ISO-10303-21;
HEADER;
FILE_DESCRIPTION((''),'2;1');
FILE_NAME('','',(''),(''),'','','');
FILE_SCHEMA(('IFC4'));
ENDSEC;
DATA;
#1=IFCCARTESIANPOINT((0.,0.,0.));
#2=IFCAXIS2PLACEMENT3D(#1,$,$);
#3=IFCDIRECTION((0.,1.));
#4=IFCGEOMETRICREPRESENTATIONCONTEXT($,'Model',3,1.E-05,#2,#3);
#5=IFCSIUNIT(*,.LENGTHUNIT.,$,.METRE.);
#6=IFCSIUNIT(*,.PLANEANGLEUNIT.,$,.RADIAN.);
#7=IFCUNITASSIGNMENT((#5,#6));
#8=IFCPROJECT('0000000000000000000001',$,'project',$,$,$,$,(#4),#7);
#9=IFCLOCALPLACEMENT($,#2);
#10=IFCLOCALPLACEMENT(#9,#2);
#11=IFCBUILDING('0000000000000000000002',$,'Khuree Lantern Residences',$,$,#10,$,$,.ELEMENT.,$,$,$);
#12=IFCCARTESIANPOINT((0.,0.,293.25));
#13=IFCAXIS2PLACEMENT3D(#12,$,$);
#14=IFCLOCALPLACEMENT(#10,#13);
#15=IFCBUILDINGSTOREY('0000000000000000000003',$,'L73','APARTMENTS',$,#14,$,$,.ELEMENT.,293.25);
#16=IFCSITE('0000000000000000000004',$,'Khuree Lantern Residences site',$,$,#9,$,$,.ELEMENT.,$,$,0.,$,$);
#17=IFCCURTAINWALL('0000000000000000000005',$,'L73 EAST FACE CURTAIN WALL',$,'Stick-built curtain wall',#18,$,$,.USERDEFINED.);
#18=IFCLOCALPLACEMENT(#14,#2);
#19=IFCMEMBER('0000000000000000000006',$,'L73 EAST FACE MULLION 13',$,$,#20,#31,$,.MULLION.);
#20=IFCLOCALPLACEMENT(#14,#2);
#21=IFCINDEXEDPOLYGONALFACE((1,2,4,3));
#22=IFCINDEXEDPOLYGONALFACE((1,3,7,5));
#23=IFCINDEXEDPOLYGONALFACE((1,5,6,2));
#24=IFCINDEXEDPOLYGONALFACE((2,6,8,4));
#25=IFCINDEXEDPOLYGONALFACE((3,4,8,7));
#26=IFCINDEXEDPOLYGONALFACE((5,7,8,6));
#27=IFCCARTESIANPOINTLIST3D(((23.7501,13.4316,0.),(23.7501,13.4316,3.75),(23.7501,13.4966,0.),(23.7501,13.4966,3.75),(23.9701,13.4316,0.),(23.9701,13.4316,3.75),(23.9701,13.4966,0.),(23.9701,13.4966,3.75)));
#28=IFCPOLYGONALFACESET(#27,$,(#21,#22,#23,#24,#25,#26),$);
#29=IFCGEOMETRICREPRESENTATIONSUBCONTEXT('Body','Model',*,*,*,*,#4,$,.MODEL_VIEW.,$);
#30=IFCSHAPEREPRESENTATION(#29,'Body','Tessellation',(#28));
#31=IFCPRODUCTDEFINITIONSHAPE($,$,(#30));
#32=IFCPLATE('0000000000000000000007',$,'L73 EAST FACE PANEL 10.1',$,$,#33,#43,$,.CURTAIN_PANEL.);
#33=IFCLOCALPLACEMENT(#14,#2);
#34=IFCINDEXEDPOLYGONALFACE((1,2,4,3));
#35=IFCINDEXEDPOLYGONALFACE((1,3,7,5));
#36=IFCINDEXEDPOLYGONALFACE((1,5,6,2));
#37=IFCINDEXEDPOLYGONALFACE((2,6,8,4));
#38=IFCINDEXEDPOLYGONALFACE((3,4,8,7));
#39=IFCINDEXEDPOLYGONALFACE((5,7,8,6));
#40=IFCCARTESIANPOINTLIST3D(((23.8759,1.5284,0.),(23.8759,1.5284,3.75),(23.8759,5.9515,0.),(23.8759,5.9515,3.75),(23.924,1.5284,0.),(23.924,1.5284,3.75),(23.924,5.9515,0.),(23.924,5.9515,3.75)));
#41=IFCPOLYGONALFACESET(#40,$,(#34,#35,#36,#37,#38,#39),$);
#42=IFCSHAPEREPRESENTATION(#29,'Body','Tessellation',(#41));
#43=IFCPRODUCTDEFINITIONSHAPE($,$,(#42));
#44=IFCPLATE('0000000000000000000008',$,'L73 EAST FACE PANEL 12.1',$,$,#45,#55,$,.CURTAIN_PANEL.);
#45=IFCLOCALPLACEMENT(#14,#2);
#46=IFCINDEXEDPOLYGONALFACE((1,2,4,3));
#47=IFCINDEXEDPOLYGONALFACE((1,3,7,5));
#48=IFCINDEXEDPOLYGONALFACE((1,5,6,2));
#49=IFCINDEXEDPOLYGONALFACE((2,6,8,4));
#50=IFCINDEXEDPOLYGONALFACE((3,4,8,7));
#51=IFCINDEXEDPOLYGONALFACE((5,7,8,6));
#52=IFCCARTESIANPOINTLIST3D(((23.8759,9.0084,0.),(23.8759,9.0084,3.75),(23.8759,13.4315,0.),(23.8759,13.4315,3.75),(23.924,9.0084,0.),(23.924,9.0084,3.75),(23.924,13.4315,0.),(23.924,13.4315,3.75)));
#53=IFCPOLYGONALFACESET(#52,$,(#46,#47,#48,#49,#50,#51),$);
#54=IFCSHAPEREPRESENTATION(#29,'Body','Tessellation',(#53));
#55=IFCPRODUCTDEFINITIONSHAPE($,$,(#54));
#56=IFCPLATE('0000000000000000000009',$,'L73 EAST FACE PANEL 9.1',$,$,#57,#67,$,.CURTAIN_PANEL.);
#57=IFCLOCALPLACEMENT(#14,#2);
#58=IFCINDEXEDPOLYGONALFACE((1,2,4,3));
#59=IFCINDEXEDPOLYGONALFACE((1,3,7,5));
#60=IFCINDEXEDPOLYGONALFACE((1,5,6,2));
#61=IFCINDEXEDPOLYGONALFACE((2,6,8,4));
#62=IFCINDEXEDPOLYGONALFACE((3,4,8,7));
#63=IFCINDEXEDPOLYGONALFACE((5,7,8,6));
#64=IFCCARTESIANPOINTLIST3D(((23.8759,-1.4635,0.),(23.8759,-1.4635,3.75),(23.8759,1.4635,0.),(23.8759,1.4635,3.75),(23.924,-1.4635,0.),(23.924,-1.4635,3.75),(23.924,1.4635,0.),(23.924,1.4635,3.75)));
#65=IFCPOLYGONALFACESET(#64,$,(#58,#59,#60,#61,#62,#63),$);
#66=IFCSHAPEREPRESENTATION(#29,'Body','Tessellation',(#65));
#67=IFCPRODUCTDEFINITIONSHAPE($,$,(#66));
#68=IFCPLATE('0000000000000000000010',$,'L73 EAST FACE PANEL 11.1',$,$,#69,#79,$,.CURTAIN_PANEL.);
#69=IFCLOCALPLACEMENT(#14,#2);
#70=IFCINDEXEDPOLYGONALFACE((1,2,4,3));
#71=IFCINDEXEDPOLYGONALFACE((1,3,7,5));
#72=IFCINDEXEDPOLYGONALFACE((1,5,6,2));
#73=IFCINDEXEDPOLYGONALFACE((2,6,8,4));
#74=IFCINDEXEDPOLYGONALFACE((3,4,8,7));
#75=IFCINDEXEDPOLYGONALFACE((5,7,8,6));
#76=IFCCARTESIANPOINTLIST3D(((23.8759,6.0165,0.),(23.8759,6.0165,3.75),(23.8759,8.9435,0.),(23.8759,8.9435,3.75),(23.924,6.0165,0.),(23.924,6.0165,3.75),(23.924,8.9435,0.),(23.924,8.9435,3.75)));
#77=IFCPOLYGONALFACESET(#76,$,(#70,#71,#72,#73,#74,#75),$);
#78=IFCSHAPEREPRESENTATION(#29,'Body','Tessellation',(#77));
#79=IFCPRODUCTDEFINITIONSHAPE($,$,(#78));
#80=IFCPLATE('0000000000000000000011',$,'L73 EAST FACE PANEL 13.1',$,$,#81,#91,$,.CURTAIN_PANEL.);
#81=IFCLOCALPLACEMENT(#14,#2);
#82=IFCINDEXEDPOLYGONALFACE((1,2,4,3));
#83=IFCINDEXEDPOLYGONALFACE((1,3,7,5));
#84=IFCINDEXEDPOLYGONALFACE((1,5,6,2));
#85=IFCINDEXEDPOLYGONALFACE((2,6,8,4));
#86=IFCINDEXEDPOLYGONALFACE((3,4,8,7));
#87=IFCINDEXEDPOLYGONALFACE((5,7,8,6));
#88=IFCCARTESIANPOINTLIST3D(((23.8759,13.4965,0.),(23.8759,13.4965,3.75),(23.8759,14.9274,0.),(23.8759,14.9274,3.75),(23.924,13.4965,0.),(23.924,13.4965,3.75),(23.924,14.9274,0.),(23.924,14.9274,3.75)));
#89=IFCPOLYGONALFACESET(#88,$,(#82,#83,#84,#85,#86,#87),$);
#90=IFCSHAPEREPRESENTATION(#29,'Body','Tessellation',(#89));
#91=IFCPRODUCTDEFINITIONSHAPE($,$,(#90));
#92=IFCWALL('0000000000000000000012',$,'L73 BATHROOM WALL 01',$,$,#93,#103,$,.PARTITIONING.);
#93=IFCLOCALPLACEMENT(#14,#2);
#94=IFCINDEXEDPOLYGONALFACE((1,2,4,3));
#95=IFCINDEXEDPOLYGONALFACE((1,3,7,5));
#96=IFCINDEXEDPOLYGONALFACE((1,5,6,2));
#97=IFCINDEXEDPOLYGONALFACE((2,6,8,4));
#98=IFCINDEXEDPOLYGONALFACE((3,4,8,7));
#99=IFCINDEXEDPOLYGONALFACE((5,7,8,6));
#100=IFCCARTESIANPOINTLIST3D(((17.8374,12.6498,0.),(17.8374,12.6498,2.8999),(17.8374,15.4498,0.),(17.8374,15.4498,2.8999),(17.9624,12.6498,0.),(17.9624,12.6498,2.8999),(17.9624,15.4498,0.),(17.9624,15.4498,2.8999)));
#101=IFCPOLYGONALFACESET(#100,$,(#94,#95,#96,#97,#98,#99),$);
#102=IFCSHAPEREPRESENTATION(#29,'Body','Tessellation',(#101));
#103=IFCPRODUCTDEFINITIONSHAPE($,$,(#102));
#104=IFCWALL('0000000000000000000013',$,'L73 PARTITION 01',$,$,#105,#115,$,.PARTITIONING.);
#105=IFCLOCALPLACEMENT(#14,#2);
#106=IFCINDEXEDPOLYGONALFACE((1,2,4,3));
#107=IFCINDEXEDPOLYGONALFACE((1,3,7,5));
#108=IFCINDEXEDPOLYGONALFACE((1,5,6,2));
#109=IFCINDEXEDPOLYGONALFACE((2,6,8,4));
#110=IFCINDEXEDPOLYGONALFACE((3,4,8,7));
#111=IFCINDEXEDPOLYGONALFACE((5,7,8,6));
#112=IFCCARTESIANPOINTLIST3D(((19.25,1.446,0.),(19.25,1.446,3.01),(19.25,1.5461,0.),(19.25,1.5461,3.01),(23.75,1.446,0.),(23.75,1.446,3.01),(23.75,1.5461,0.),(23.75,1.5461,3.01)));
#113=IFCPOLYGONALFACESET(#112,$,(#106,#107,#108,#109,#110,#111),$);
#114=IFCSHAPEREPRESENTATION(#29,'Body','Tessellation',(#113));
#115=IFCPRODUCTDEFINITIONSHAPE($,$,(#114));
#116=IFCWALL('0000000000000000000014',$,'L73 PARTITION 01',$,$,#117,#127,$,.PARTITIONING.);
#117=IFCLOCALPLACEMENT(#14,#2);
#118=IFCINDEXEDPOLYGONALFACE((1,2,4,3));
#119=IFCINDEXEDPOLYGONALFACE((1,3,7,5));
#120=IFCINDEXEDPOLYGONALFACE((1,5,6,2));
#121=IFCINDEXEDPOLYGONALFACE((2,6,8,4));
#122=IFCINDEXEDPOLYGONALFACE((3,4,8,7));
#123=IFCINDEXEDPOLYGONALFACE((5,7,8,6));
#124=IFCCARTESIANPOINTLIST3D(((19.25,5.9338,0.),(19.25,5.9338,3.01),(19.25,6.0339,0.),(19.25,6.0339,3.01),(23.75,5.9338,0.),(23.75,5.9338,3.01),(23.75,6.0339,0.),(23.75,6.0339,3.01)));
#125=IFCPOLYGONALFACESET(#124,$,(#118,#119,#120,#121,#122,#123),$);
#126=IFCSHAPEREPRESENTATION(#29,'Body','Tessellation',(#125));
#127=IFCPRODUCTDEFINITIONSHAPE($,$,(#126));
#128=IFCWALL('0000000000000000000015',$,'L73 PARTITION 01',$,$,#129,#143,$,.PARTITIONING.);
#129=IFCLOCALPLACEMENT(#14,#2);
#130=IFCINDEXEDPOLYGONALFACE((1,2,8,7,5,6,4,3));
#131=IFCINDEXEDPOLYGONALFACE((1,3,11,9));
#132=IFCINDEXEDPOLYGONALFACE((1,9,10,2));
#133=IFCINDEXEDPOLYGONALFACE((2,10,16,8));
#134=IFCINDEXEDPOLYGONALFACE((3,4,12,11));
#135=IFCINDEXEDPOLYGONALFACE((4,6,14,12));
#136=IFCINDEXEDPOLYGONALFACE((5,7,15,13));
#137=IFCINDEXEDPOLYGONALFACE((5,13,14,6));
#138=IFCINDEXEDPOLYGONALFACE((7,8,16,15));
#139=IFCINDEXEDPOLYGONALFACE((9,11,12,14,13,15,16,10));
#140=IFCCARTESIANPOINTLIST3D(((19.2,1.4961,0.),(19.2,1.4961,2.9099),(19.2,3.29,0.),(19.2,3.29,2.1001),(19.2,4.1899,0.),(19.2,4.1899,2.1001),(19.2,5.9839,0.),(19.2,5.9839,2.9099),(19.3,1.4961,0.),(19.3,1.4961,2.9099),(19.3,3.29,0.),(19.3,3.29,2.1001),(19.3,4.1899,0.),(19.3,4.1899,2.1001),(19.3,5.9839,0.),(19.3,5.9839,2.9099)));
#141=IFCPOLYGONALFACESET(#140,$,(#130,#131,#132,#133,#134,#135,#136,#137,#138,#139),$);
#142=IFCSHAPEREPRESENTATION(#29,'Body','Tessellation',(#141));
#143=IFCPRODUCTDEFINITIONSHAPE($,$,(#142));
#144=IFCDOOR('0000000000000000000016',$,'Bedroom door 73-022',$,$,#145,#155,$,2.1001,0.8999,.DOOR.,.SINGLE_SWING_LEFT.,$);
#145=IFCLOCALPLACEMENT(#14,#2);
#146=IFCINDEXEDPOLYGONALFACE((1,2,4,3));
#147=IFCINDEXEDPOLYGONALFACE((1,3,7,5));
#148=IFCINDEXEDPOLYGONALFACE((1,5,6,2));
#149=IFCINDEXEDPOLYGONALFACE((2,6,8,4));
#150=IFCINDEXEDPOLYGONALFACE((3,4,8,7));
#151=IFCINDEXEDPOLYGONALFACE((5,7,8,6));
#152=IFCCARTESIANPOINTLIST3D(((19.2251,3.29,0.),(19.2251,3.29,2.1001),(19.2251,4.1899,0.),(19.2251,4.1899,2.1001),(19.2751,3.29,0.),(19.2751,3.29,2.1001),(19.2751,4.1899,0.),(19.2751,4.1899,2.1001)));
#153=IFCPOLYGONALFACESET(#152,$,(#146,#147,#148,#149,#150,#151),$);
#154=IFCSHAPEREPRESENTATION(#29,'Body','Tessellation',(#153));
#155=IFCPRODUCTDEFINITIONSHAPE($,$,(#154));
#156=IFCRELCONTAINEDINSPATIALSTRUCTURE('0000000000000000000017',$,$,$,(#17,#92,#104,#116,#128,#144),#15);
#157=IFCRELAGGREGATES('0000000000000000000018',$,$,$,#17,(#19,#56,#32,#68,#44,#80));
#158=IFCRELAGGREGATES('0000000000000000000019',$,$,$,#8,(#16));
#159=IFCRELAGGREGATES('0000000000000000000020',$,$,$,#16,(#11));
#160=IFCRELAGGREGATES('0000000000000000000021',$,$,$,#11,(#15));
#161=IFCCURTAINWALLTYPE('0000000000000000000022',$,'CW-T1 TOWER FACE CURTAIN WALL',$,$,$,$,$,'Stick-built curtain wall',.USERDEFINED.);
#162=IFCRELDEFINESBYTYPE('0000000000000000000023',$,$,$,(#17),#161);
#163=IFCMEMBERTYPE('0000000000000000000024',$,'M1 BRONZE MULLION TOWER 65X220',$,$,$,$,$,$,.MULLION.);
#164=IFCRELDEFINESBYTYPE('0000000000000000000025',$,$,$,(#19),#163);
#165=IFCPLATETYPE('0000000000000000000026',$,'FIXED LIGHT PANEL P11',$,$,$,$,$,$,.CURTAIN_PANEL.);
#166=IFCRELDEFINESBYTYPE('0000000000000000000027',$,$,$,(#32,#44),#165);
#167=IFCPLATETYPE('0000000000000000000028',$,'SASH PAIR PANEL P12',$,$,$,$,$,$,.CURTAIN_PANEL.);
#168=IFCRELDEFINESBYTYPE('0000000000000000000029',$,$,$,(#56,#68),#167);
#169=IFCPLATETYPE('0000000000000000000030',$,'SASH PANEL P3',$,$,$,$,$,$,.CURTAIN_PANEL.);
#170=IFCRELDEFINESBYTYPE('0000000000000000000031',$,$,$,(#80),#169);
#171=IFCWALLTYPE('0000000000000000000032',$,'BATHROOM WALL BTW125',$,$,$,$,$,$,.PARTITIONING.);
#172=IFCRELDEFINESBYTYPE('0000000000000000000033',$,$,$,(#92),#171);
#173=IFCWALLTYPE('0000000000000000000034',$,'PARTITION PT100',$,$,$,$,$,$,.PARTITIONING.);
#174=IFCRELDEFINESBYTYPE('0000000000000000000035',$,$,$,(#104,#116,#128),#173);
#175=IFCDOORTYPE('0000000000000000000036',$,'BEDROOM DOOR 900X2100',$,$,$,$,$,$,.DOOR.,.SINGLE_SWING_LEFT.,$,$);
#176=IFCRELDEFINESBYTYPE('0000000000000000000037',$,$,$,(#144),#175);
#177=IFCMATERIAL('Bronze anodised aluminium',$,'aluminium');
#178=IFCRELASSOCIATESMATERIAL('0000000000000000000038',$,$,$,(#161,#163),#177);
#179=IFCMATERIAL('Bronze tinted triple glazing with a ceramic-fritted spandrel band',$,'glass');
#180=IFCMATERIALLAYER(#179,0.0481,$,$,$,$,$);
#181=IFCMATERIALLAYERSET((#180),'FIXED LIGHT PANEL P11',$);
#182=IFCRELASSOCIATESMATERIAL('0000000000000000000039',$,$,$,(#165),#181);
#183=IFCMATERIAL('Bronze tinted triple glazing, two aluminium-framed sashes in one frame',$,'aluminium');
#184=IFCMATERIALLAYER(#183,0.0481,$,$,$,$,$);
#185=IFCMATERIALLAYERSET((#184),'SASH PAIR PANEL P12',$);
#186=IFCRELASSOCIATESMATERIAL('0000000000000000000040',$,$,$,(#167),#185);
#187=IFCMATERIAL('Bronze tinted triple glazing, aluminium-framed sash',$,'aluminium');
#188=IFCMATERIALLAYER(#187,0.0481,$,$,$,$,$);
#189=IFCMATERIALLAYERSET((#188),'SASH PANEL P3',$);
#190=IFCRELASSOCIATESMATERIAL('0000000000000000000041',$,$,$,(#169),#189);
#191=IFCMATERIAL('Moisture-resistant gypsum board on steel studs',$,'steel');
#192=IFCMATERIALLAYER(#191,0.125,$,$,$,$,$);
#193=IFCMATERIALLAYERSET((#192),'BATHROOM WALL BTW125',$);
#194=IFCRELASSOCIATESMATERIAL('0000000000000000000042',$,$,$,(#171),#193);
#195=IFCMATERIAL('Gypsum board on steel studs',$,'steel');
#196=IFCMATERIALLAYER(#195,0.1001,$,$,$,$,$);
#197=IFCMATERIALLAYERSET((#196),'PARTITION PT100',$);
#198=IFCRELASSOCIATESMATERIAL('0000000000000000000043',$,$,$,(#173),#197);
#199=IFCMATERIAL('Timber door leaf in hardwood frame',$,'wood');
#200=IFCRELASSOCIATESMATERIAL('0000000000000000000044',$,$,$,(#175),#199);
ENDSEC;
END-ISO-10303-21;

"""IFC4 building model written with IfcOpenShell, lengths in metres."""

from ifc_helpers import new_model, si_unit, direction, frame, frame_2d, origin, origin_2d, place, context, subcontext, project, spatial, rectangle, extrude, material, layer, layer_set, material_profile, profile_set, type_object, element, fill, aggregate, save


model = new_model("IFC4")

# Units and contexts
model_context = context("Model", 3, precision=1e-05, world=origin(), true_north=direction((0.0, 1.0)))
body_context = subcontext(model_context, "Body", "Model", "MODEL_VIEW")
ifc_project = project(units=[si_unit("LENGTHUNIT", "METRE"), si_unit("PLANEANGLEUNIT", "RADIAN")], contexts=[model_context])

# Site, building, storey
site_placement = place(None, origin())
site = spatial("IfcSite", under=ifc_project, at=site_placement, Name="Khuree Lantern Residences site", CompositionType="ELEMENT", RefElevation=0.0)
building_placement = place(site_placement, origin())
building = spatial("IfcBuilding", under=site, at=building_placement, Name="Khuree Lantern Residences", CompositionType="ELEMENT")
storey_placement = place(building_placement, frame((0.0, 0.0, 293.25)))
storey = spatial("IfcBuildingStorey", under=building, at=storey_placement, Name="L73", Description="APARTMENTS", CompositionType="ELEMENT", Elevation=293.25)

# Curtain wall
ifc_material_1 = material(Name="Bronze anodised aluminium", Category="aluminium")
curtain_wall_type = type_object("IfcCurtainWallType", Name="CW-T1 TOWER FACE CURTAIN WALL", ElementType="Stick-built curtain wall", PredefinedType="USERDEFINED", material=ifc_material_1)
curtain_wall_placement = place(storey_placement, origin())
curtain_wall = element("IfcCurtainWall", 1, at=curtain_wall_placement, inside=storey, type_object=curtain_wall_type, Name="L73 EAST FACE CURTAIN WALL", ObjectType="Stick-built curtain wall", PredefinedType="USERDEFINED")

# Member
ifc_material_profile_1 = material_profile(ifc_material_1, rectangle(XDim=0.0649, YDim=0.22, at=origin_2d()), Name="M1 65X220")
ifc_profile_set_1 = profile_set([ifc_material_profile_1], Name="Bronze anodised aluminium")
member_type_1 = type_object("IfcMemberType", Name="M1 BRONZE MULLION TOWER 65X220", PredefinedType="MULLION", material=ifc_profile_set_1)
member_1_placement = place(storey_placement, frame((23.8601, 13.4641, 0.0), z_axis=(0.0, 0.0, 1.0), x_axis=(0.0, 1.0, 0.0)))
member_1 = element("IfcMember", 2, at=member_1_placement, type_object=member_type_1, Name="L73 EAST FACE MULLION 13", PredefinedType="MULLION", context=body_context, shape_type="SweptSolid", body=[
    extrude(rectangle(XDim=0.0649, YDim=0.22, at=origin_2d()), origin(), (0.0, 0.0, 1.0), 3.75),
])

# Plates
ifc_material_2 = material(Name="Bronze tinted triple glazing with a ceramic-fritted spandrel band", Category="glass")
ifc_layer_1 = layer(ifc_material_2, 0.0481)
ifc_layer_set_1 = layer_set([ifc_layer_1], Name="FIXED LIGHT PANEL P11")
plate_type_1 = type_object("IfcPlateType", Name="FIXED LIGHT PANEL P11", PredefinedType="CURTAIN_PANEL", material=ifc_layer_set_1)
plate_1_placement = place(storey_placement, frame((23.8999, 3.74, 0.0), z_axis=(0.0, 0.0, 1.0), x_axis=(0.0, 1.0, 0.0)))
plate_1 = element("IfcPlate", 3, at=plate_1_placement, type_object=plate_type_1, Name="L73 EAST FACE PANEL 10.1", PredefinedType="CURTAIN_PANEL", context=body_context, shape_type="SweptSolid", body=[
    extrude(rectangle(XDim=4.4231, YDim=0.0481, at=origin_2d()), origin(), (0.0, 0.0, 1.0), 3.75),
])
plate_2_placement = place(storey_placement, frame((23.8999, 11.22, 0.0), z_axis=(0.0, 0.0, 1.0), x_axis=(0.0, 1.0, 0.0)))
plate_2 = element("IfcPlate", 4, at=plate_2_placement, type_object=plate_type_1, Name="L73 EAST FACE PANEL 12.1", PredefinedType="CURTAIN_PANEL", context=body_context, shape_type="SweptSolid", body=[
    extrude(rectangle(XDim=4.4231, YDim=0.0481, at=origin_2d()), origin(), (0.0, 0.0, 1.0), 3.75),
])
ifc_material_3 = material(Name="Bronze tinted triple glazing, two aluminium-framed sashes in one frame", Category="aluminium")
ifc_layer_2 = layer(ifc_material_3, 0.0481)
ifc_layer_set_2 = layer_set([ifc_layer_2], Name="SASH PAIR PANEL P12")
plate_type_2 = type_object("IfcPlateType", Name="SASH PAIR PANEL P12", PredefinedType="CURTAIN_PANEL", material=ifc_layer_set_2)
plate_3_placement = place(storey_placement, frame((23.8999, 0.0, 0.0), z_axis=(0.0, 0.0, 1.0), x_axis=(0.0, 1.0, 0.0)))
plate_3 = element("IfcPlate", 5, at=plate_3_placement, type_object=plate_type_2, Name="L73 EAST FACE PANEL 9.1", PredefinedType="CURTAIN_PANEL", context=body_context, shape_type="SweptSolid", body=[
    extrude(rectangle(XDim=2.927, YDim=0.0481, at=origin_2d()), origin(), (0.0, 0.0, 1.0), 3.75),
])
plate_4_placement = place(storey_placement, frame((23.8999, 7.48, 0.0), z_axis=(0.0, 0.0, 1.0), x_axis=(0.0, 1.0, 0.0)))
plate_4 = element("IfcPlate", 6, at=plate_4_placement, type_object=plate_type_2, Name="L73 EAST FACE PANEL 11.1", PredefinedType="CURTAIN_PANEL", context=body_context, shape_type="SweptSolid", body=[
    extrude(rectangle(XDim=2.927, YDim=0.0481, at=origin_2d()), origin(), (0.0, 0.0, 1.0), 3.75),
])
ifc_material_4 = material(Name="Bronze tinted triple glazing, aluminium-framed sash", Category="aluminium")
ifc_layer_3 = layer(ifc_material_4, 0.0481)
ifc_layer_set_3 = layer_set([ifc_layer_3], Name="SASH PANEL P3")
plate_type_3 = type_object("IfcPlateType", Name="SASH PANEL P3", PredefinedType="CURTAIN_PANEL", material=ifc_layer_set_3)
plate_5_placement = place(storey_placement, frame((23.8999, 14.2119, 0.0), z_axis=(0.0, 0.0, 1.0), x_axis=(0.0, 1.0, 0.0)))
plate_5 = element("IfcPlate", 7, at=plate_5_placement, type_object=plate_type_3, Name="L73 EAST FACE PANEL 13.1", PredefinedType="CURTAIN_PANEL", context=body_context, shape_type="SweptSolid", body=[
    extrude(rectangle(XDim=1.4309, YDim=0.0481, at=origin_2d()), origin(), (0.0, 0.0, 1.0), 3.75),
])
aggregate(curtain_wall, [member_1, plate_3, plate_1, plate_4, plate_2, plate_5])

# Walls
ifc_material_5 = material(Name="Moisture-resistant gypsum board on steel studs", Category="steel")
ifc_layer_4 = layer(ifc_material_5, 0.125)
ifc_layer_set_4 = layer_set([ifc_layer_4], Name="BATHROOM WALL BTW125")
wall_type_1 = type_object("IfcWallType", Name="BATHROOM WALL BTW125", PredefinedType="PARTITIONING", material=ifc_layer_set_4)
wall_1_placement = place(storey_placement, frame((17.8999, 12.6499, 0.0), z_axis=(0.0, 0.0, 1.0), x_axis=(0.0, 1.0, 0.0)))
element("IfcWall", 8, at=wall_1_placement, inside=storey, type_object=wall_type_1, Name="L73 BATHROOM WALL 01", PredefinedType="PARTITIONING", context=body_context, shape_type="SweptSolid", body=[
    extrude(rectangle(XDim=2.8, YDim=0.125, at=frame_2d((1.3999, 0.0))), origin(), (0.0, 0.0, 1.0), 2.8999),
])
ifc_material_6 = material(Name="Gypsum board on steel studs", Category="steel")
ifc_layer_5 = layer(ifc_material_6, 0.1001)
ifc_layer_set_5 = layer_set([ifc_layer_5], Name="PARTITION PT100")
wall_type_2 = type_object("IfcWallType", Name="PARTITION PT100", PredefinedType="PARTITIONING", material=ifc_layer_set_5)
for number, where, z_axis, x_axis, name in (
    (9, (19.25, 1.4961, 0.0), (0.0, 0.0, 1.0), (1.0, 0.0, 0.0), "L73 PARTITION 01"),
    (10, (19.25, 5.9839, 0.0), (0.0, 0.0, 1.0), (1.0, 0.0, 0.0), "L73 PARTITION 01"),
):
    element("IfcWall", number, at=place(storey_placement, frame(where, z_axis=z_axis, x_axis=x_axis)), inside=storey, type_object=wall_type_2, Name=name, PredefinedType="PARTITIONING", context=body_context, shape_type="SweptSolid", body=[
        extrude(rectangle(XDim=4.5, YDim=0.1001, at=frame_2d((2.25, 0.0))), origin(), (0.0, 0.0, 1.0), 3.01),
    ])

# Wall, opening, door
wall_2_placement = place(storey_placement, frame((19.25, 1.4961, 0.0), z_axis=(0.0, 0.0, 1.0), x_axis=(0.0, 1.0, 0.0)))
wall_2 = element("IfcWall", 11, at=wall_2_placement, inside=storey, type_object=wall_type_2, Name="L73 PARTITION 01", PredefinedType="PARTITIONING", context=body_context, shape_type="SweptSolid", body=[
    extrude(rectangle(XDim=4.4878, YDim=0.1001, at=frame_2d((2.2439, 0.0))), origin(), (0.0, 0.0, 1.0), 2.9099),
])
opening_placement = place(wall_2_placement, frame((1.7939, 0.0, 0.0)))
opening = element("IfcOpeningElement", 12, at=opening_placement, cuts=wall_2, PredefinedType="OPENING", context=body_context, shape_type="SweptSolid", body=[
    extrude(rectangle(XDim=0.8999, YDim=2.1001, at=frame_2d((0.45, 1.05))), frame((0.0, 0.0601, 0.0), z_axis=(0.0, -1.0, 0.0), x_axis=(1.0, 0.0, 0.0)), (0.0, 0.0, 1.0), 0.1201),
])
ifc_material_7 = material(Name="Timber door leaf in hardwood frame", Category="wood")
door_type = type_object("IfcDoorType", Name="BEDROOM DOOR 900X2100", OperationType="SINGLE_SWING_LEFT", PredefinedType="DOOR", material=ifc_material_7)
door_placement = place(opening_placement, origin())
door = element("IfcDoor", 13, at=door_placement, inside=storey, type_object=door_type, Name="Bedroom door 73-022", OperationType="SINGLE_SWING_LEFT", OverallHeight=2.1001, OverallWidth=0.8999, PredefinedType="DOOR", context=body_context, shape_type="SweptSolid", body=[
    extrude(rectangle(XDim=0.8999, YDim=2.1001, at=frame_2d((0.45, 1.05))), frame((0.0, 0.0249, 0.0), z_axis=(0.0, -1.0, 0.0), x_axis=(1.0, 0.0, 0.0)), (0.0, 0.0, 1.0), 0.05),
])
fill(opening, door)

save(model, "model.ifc")
